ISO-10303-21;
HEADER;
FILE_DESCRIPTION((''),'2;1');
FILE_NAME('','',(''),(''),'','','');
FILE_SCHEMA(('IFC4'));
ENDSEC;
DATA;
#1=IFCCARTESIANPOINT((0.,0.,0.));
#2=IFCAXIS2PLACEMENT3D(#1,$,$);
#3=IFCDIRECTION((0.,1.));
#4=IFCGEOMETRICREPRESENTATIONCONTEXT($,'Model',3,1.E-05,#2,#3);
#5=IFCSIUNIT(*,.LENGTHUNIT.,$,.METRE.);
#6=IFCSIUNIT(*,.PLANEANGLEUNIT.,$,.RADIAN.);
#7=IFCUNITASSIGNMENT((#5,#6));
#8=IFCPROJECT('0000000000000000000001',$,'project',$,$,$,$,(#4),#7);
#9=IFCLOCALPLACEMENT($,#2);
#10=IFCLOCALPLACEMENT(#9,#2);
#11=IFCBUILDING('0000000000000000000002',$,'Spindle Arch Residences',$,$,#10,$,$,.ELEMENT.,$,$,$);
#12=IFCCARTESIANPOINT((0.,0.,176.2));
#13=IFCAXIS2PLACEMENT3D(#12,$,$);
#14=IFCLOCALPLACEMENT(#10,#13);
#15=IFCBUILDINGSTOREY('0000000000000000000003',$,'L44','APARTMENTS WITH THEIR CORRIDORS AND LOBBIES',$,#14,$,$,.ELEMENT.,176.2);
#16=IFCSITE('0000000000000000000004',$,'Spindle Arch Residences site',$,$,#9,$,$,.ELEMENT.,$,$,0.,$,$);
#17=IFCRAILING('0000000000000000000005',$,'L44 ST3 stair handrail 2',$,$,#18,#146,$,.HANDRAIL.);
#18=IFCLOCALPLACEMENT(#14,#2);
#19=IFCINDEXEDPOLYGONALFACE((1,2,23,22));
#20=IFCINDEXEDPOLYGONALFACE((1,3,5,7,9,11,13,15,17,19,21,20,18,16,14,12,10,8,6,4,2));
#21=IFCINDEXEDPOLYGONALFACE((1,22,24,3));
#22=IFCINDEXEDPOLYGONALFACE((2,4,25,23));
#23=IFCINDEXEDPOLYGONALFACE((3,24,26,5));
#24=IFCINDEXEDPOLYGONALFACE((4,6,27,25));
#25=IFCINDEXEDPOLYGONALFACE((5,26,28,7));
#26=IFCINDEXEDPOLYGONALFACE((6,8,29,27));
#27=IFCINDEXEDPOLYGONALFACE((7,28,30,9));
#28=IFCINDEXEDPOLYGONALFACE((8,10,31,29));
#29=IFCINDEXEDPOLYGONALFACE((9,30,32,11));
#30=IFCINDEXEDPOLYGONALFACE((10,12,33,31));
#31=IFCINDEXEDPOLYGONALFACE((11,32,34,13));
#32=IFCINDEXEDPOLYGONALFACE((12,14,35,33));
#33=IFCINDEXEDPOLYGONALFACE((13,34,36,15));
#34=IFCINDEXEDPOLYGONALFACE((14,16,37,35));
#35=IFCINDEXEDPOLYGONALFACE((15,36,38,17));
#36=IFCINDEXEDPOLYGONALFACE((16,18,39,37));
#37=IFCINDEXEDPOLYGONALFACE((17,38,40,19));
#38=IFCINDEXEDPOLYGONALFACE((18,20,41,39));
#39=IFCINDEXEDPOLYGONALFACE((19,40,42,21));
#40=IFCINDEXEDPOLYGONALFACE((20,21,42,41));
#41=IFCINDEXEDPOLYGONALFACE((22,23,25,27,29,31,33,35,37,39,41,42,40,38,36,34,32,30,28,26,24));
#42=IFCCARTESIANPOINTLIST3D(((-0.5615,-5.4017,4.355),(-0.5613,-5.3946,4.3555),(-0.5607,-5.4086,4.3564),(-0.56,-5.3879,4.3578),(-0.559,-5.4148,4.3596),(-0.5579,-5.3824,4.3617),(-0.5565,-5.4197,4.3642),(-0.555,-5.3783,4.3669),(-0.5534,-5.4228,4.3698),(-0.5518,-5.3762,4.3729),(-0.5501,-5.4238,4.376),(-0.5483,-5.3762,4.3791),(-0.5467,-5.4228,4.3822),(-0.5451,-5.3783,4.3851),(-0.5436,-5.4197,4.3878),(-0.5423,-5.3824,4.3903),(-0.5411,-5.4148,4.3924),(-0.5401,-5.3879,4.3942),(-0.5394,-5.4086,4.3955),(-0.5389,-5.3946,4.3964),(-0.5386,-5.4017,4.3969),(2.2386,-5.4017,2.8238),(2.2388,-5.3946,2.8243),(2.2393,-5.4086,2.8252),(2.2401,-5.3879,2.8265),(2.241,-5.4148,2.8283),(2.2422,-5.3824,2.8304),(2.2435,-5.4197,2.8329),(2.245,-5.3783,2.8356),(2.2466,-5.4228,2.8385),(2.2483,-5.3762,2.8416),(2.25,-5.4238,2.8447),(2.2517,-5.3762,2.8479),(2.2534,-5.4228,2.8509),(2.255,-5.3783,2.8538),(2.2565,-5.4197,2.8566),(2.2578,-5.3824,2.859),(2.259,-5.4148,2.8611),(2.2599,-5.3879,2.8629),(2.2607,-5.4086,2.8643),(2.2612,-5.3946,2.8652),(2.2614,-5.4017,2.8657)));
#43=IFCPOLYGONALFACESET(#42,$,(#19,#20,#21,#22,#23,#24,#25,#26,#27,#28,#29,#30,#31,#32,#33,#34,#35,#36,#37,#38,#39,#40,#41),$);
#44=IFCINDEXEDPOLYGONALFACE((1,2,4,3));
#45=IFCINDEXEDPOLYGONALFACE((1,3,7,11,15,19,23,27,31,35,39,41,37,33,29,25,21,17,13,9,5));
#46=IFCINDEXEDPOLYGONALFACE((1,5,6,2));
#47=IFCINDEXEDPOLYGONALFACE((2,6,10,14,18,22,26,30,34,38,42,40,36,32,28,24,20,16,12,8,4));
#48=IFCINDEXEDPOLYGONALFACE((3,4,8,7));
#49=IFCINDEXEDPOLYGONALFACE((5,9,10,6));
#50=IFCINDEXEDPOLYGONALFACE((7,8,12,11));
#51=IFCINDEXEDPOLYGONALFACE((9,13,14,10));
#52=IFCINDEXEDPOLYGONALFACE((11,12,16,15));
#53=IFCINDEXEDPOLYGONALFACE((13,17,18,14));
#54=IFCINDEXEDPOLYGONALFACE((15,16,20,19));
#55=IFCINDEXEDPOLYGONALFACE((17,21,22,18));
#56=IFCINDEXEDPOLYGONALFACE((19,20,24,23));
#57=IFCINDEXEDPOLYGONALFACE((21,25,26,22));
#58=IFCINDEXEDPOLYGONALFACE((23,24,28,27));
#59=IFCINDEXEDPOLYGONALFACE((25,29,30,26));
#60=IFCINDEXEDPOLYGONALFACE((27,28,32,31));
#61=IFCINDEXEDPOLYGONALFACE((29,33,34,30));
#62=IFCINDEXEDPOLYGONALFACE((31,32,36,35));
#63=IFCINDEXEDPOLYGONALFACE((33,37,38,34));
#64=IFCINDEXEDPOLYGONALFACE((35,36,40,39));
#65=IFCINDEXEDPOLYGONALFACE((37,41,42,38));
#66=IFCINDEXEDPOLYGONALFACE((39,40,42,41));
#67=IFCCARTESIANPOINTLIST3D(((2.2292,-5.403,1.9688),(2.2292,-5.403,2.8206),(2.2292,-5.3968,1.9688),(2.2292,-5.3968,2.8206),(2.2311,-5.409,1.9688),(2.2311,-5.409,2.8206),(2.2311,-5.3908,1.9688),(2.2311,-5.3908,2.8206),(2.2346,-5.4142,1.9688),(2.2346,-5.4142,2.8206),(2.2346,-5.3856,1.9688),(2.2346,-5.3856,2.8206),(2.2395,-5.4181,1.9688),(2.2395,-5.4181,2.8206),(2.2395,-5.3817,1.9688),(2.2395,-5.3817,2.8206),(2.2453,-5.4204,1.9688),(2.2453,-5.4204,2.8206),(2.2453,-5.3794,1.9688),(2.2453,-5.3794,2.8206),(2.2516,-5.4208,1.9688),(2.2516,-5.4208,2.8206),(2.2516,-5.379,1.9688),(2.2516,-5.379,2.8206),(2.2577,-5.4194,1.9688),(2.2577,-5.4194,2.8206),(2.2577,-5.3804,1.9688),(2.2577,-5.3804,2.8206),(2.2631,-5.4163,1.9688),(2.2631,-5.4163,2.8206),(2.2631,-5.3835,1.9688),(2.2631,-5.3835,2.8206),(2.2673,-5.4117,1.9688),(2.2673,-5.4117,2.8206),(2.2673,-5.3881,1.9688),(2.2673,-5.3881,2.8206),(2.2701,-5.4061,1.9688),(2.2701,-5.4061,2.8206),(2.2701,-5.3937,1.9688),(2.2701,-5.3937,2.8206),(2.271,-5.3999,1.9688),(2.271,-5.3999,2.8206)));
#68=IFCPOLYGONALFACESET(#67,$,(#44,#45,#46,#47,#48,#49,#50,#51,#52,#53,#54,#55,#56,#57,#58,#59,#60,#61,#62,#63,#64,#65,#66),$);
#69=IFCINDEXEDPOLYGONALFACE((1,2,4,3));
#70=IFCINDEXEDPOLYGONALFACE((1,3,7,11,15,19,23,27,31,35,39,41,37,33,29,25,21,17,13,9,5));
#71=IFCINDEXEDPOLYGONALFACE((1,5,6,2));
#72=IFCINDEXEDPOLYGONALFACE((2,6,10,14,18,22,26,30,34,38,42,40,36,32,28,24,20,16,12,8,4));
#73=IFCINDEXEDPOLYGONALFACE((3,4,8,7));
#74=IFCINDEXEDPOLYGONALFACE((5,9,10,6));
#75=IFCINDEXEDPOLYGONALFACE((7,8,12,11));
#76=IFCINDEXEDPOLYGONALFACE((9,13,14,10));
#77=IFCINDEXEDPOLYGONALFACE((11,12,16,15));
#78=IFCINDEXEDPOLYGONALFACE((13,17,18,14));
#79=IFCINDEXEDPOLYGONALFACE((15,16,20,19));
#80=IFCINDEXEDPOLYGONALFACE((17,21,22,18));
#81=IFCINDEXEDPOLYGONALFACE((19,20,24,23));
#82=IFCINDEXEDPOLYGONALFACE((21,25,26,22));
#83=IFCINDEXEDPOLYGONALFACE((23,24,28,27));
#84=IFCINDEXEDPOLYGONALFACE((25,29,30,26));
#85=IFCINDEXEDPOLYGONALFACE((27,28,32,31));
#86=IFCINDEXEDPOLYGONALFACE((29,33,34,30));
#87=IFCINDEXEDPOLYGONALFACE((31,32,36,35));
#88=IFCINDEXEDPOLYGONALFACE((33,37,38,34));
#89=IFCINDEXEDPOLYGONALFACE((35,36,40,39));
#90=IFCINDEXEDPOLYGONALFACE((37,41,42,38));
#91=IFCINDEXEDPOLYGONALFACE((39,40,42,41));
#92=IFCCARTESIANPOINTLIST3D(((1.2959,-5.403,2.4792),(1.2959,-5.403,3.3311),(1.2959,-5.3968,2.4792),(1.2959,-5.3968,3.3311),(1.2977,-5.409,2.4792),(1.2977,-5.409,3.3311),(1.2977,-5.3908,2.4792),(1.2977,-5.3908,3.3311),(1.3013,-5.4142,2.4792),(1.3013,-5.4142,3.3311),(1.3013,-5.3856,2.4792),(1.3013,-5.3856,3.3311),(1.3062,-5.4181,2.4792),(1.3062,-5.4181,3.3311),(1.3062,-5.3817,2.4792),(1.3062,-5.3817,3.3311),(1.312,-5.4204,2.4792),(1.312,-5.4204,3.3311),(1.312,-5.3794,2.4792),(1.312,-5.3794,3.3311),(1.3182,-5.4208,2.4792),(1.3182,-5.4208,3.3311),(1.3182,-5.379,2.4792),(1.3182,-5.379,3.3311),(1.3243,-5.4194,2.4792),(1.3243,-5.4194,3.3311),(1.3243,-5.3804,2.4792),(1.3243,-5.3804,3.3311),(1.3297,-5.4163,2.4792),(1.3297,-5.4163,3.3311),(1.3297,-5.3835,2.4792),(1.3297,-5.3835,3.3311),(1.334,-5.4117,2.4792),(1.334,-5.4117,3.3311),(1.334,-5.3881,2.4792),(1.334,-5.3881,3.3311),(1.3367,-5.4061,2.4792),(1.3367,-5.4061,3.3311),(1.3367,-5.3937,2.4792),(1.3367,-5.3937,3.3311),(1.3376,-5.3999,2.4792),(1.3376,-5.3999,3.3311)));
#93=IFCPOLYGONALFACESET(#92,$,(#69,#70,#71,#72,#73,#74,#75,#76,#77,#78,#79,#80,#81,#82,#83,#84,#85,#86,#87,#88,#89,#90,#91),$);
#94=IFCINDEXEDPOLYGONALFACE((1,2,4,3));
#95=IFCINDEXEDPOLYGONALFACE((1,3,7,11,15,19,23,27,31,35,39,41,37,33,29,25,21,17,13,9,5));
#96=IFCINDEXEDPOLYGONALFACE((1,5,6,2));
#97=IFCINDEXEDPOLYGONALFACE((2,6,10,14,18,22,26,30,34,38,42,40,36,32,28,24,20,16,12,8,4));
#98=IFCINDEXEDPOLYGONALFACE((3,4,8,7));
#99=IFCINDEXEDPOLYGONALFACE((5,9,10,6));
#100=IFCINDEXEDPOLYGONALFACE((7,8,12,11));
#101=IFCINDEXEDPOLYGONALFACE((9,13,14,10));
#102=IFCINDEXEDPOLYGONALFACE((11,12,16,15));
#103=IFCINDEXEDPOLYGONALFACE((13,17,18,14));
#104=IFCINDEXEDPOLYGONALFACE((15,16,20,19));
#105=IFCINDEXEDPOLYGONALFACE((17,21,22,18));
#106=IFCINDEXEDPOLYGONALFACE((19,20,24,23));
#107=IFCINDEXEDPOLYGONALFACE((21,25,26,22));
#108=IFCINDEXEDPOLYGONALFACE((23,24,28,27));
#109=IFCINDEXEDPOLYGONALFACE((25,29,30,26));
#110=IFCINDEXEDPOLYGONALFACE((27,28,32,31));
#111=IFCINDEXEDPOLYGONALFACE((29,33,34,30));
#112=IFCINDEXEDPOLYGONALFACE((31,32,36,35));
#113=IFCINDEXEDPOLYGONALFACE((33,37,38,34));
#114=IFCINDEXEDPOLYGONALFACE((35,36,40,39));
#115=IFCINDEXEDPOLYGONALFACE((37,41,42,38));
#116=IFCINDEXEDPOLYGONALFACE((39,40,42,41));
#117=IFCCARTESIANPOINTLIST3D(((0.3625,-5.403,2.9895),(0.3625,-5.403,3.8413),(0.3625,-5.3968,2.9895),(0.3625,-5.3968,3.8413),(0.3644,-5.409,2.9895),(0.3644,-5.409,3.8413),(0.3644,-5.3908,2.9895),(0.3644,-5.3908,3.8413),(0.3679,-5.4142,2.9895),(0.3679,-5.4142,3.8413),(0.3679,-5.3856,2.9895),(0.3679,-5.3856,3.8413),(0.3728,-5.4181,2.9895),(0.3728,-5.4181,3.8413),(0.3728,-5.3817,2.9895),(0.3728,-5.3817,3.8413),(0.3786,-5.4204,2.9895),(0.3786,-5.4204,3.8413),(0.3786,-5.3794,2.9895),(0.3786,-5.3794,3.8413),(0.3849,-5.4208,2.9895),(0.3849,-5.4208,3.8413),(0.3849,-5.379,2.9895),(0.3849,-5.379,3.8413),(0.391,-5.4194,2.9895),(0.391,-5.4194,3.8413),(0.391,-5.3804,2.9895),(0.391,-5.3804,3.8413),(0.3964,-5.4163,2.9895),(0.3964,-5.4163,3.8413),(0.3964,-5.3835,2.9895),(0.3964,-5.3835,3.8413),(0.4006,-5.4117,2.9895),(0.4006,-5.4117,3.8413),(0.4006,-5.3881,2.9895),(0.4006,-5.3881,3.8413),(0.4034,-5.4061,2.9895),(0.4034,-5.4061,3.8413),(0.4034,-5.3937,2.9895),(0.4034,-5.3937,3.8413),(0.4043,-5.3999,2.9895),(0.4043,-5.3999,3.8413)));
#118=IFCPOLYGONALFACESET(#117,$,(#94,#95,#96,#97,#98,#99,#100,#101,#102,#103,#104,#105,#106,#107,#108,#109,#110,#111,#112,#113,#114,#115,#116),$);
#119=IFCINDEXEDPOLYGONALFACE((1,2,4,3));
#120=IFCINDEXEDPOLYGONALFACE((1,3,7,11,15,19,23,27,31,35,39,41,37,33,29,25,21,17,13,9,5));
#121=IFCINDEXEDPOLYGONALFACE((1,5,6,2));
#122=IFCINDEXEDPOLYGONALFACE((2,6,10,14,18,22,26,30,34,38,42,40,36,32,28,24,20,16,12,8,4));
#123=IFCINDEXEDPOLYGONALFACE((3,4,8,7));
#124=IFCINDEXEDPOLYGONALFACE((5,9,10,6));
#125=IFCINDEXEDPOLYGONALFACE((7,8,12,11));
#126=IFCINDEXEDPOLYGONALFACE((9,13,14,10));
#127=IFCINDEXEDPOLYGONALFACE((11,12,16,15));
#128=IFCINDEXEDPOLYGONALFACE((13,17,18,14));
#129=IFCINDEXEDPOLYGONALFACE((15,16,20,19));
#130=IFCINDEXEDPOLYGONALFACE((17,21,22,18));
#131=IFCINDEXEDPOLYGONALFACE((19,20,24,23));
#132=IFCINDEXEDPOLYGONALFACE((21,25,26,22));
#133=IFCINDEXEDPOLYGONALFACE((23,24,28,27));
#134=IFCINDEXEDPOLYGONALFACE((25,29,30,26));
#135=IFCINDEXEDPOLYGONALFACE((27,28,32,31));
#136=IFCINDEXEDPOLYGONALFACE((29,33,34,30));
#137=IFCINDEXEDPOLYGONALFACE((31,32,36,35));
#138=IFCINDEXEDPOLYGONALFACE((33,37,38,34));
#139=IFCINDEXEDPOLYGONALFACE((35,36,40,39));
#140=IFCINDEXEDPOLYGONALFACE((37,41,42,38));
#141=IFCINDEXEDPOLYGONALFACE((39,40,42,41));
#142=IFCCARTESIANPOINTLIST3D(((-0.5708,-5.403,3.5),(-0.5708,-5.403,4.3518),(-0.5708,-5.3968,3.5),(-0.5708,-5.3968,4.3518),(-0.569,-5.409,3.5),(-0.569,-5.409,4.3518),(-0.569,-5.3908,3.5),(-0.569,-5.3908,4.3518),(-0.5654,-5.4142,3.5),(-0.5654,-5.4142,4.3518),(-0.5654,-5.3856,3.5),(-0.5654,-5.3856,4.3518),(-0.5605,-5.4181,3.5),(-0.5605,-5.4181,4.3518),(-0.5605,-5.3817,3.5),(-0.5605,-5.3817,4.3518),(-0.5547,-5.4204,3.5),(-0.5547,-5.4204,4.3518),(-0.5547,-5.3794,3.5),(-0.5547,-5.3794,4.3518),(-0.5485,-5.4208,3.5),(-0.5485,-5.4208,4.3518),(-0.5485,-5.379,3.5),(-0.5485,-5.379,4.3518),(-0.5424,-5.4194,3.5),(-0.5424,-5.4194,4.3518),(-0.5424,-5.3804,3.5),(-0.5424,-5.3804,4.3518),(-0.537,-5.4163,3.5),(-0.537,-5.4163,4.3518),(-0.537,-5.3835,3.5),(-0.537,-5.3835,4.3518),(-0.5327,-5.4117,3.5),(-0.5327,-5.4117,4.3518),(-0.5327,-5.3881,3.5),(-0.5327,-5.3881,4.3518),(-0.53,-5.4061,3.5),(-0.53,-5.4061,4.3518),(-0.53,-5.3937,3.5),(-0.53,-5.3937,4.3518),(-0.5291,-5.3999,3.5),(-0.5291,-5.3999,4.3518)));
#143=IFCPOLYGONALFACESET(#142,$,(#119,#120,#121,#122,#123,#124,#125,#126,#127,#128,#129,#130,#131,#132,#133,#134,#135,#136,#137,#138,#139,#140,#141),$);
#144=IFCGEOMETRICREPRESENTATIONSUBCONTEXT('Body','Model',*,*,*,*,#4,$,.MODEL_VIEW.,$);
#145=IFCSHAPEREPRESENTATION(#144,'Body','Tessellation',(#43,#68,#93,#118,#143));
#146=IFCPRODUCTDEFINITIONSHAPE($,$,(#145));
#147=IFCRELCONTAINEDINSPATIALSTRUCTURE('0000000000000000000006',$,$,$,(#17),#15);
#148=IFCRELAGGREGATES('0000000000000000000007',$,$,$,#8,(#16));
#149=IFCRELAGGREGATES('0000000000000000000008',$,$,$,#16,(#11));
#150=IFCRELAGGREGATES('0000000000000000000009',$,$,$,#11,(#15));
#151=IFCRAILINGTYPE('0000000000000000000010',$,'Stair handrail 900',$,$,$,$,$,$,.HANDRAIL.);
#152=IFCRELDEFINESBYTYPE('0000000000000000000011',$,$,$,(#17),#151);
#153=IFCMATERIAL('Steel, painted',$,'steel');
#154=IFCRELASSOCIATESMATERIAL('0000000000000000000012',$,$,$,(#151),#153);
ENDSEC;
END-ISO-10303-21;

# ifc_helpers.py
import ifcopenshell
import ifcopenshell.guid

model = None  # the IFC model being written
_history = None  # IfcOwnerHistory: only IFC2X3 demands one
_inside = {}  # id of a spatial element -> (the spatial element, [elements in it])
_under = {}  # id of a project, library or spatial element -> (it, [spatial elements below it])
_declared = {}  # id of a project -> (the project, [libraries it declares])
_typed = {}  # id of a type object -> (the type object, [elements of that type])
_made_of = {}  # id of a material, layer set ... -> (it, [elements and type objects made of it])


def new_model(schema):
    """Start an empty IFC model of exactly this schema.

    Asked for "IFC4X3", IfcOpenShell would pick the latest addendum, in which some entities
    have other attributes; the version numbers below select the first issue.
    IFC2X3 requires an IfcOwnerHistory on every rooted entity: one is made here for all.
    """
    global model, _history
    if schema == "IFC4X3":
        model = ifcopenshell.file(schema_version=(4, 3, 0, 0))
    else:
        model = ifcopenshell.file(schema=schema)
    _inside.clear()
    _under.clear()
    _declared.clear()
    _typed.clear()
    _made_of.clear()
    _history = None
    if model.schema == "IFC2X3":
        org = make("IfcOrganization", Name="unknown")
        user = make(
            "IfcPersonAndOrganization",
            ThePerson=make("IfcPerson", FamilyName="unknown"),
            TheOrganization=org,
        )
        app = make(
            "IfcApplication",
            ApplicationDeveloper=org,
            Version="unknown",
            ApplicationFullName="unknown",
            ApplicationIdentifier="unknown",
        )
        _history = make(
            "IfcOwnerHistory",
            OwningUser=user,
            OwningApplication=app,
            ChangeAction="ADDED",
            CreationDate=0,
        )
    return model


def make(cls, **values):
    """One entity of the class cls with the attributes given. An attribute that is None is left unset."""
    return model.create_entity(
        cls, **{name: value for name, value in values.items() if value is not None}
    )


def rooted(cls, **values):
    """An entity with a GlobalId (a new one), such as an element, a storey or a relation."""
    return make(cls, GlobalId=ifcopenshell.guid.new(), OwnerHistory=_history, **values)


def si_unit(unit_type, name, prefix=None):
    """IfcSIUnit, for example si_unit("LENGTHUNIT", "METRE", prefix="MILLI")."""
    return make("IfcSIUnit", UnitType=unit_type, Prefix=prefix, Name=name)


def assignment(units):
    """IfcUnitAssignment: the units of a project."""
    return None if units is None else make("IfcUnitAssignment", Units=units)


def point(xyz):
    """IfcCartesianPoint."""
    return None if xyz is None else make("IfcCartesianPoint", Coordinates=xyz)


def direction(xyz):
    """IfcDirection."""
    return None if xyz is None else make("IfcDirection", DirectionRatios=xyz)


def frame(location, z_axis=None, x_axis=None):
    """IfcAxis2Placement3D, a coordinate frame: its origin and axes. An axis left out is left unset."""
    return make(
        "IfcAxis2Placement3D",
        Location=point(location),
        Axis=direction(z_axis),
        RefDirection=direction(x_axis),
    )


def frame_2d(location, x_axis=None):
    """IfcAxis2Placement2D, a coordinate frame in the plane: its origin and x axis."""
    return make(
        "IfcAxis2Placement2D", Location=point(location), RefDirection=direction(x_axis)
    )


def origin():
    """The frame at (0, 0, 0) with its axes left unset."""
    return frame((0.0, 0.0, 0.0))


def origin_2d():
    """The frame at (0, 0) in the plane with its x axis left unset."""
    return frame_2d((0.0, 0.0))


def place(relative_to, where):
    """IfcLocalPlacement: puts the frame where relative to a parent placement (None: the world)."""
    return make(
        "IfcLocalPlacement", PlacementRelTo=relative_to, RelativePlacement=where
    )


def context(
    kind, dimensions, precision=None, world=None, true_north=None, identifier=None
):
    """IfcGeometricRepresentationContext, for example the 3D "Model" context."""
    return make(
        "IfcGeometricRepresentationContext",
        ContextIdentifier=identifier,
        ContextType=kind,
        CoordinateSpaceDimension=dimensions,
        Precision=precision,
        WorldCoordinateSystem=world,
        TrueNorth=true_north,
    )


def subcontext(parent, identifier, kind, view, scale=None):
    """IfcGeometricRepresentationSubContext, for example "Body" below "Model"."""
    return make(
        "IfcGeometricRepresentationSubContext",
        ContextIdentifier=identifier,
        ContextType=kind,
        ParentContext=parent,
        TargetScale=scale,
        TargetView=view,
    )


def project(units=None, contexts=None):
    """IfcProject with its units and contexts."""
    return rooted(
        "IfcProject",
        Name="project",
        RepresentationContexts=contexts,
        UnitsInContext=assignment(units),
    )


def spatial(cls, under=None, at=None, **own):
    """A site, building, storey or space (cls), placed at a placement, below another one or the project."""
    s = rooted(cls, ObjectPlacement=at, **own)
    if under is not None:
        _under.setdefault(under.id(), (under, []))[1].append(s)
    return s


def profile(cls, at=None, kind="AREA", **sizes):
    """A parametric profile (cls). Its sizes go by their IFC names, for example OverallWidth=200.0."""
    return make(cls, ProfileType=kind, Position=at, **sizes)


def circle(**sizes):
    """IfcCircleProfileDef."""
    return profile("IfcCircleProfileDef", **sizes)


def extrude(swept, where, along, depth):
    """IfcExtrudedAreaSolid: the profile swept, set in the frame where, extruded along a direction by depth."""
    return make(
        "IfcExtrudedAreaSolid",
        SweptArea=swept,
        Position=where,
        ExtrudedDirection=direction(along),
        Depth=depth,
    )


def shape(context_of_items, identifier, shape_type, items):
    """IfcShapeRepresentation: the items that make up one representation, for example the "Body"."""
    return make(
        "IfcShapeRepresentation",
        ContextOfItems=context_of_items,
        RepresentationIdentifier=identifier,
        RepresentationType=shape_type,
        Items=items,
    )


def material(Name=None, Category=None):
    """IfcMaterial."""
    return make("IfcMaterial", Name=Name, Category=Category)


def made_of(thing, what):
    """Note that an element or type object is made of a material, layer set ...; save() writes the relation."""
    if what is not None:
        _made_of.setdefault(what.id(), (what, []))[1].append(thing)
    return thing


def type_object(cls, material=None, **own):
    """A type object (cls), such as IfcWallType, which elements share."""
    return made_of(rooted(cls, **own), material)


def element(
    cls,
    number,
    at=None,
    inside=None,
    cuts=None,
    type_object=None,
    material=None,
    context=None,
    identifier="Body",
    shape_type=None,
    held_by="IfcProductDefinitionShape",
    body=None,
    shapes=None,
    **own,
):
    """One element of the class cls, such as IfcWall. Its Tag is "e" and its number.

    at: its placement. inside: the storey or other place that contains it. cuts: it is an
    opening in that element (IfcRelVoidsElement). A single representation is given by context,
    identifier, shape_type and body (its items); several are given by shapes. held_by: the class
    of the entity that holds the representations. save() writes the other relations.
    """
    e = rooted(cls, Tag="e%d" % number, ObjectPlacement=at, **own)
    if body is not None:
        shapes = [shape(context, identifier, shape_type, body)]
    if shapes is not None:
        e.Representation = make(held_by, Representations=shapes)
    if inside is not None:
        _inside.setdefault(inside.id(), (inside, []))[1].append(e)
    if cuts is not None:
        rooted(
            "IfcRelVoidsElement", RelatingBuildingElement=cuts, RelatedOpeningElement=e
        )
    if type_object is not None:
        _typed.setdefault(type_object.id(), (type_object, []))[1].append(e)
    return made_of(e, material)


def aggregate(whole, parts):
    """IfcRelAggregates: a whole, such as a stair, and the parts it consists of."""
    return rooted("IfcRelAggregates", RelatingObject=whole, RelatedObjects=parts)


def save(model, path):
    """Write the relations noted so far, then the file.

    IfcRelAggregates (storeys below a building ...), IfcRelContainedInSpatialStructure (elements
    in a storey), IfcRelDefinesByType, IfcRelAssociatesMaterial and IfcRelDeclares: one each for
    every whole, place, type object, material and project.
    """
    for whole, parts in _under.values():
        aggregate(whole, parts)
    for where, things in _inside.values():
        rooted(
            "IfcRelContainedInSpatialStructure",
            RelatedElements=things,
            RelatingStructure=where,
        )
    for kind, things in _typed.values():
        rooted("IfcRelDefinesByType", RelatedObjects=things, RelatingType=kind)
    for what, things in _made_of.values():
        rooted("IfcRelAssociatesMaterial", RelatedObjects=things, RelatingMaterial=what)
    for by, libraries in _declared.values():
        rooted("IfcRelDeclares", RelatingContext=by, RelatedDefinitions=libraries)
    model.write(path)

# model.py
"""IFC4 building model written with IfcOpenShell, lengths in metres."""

from ifc_helpers import new_model, si_unit, direction, frame, origin, origin_2d, place, context, subcontext, project, spatial, circle, extrude, material, type_object, element, save


model = new_model("IFC4")

# Units and contexts
model_context = context("Model", 3, precision=1e-05, world=origin(), true_north=direction((0.0, 1.0)))
body_context = subcontext(model_context, "Body", "Model", "MODEL_VIEW")
ifc_project = project(units=[si_unit("LENGTHUNIT", "METRE"), si_unit("PLANEANGLEUNIT", "RADIAN")], contexts=[model_context])

# Site, building, storey
site_placement = place(None, origin())
site = spatial("IfcSite", under=ifc_project, at=site_placement, Name="Spindle Arch Residences site", CompositionType="ELEMENT", RefElevation=0.0)
building_placement = place(site_placement, origin())
building = spatial("IfcBuilding", under=site, at=building_placement, Name="Spindle Arch Residences", CompositionType="ELEMENT")
storey_placement = place(building_placement, frame((0.0, 0.0, 176.2)))
storey = spatial("IfcBuildingStorey", under=building, at=storey_placement, Name="L44", Description="APARTMENTS WITH THEIR CORRIDORS AND LOBBIES", CompositionType="ELEMENT", Elevation=176.2)

# Railing
ifc_material_1 = material(Name="Steel, painted", Category="steel")
railing_type_1 = type_object("IfcRailingType", Name="Stair handrail 900", PredefinedType="HANDRAIL", material=ifc_material_1)
railing_1_placement = place(storey_placement, frame((2.25, -5.3999, 1.9688)))
element("IfcRailing", 1, at=railing_1_placement, inside=storey, type_object=railing_type_1, Name="L44 ST3 stair handrail 2", PredefinedType="HANDRAIL", context=body_context, shape_type="SweptSolid", body=[
    extrude(circle(Radius=0.0239, at=origin_2d()), frame((0.0, 0.0, 0.876), z_axis=(-0.877375, 0.0, 0.479806), x_axis=(0.0, -1.0, 0.0)), (0.0, 0.0, 1.0), 3.1914),
    extrude(circle(Radius=0.021, at=origin_2d()), origin(), (0.0, 0.0, 1.0), 0.8518),
    extrude(circle(Radius=0.021, at=origin_2d()), frame((-0.9333, 0.0, 0.5105)), (0.0, 0.0, 1.0), 0.8518),
    extrude(circle(Radius=0.021, at=origin_2d()), frame((-1.8667, 0.0, 1.0208)), (0.0, 0.0, 1.0), 0.8518),
    extrude(circle(Radius=0.021, at=origin_2d()), frame((-2.8, 0.0, 1.5312)), (0.0, 0.0, 1.0), 0.8518),
])

save(model, "model.ifc")
